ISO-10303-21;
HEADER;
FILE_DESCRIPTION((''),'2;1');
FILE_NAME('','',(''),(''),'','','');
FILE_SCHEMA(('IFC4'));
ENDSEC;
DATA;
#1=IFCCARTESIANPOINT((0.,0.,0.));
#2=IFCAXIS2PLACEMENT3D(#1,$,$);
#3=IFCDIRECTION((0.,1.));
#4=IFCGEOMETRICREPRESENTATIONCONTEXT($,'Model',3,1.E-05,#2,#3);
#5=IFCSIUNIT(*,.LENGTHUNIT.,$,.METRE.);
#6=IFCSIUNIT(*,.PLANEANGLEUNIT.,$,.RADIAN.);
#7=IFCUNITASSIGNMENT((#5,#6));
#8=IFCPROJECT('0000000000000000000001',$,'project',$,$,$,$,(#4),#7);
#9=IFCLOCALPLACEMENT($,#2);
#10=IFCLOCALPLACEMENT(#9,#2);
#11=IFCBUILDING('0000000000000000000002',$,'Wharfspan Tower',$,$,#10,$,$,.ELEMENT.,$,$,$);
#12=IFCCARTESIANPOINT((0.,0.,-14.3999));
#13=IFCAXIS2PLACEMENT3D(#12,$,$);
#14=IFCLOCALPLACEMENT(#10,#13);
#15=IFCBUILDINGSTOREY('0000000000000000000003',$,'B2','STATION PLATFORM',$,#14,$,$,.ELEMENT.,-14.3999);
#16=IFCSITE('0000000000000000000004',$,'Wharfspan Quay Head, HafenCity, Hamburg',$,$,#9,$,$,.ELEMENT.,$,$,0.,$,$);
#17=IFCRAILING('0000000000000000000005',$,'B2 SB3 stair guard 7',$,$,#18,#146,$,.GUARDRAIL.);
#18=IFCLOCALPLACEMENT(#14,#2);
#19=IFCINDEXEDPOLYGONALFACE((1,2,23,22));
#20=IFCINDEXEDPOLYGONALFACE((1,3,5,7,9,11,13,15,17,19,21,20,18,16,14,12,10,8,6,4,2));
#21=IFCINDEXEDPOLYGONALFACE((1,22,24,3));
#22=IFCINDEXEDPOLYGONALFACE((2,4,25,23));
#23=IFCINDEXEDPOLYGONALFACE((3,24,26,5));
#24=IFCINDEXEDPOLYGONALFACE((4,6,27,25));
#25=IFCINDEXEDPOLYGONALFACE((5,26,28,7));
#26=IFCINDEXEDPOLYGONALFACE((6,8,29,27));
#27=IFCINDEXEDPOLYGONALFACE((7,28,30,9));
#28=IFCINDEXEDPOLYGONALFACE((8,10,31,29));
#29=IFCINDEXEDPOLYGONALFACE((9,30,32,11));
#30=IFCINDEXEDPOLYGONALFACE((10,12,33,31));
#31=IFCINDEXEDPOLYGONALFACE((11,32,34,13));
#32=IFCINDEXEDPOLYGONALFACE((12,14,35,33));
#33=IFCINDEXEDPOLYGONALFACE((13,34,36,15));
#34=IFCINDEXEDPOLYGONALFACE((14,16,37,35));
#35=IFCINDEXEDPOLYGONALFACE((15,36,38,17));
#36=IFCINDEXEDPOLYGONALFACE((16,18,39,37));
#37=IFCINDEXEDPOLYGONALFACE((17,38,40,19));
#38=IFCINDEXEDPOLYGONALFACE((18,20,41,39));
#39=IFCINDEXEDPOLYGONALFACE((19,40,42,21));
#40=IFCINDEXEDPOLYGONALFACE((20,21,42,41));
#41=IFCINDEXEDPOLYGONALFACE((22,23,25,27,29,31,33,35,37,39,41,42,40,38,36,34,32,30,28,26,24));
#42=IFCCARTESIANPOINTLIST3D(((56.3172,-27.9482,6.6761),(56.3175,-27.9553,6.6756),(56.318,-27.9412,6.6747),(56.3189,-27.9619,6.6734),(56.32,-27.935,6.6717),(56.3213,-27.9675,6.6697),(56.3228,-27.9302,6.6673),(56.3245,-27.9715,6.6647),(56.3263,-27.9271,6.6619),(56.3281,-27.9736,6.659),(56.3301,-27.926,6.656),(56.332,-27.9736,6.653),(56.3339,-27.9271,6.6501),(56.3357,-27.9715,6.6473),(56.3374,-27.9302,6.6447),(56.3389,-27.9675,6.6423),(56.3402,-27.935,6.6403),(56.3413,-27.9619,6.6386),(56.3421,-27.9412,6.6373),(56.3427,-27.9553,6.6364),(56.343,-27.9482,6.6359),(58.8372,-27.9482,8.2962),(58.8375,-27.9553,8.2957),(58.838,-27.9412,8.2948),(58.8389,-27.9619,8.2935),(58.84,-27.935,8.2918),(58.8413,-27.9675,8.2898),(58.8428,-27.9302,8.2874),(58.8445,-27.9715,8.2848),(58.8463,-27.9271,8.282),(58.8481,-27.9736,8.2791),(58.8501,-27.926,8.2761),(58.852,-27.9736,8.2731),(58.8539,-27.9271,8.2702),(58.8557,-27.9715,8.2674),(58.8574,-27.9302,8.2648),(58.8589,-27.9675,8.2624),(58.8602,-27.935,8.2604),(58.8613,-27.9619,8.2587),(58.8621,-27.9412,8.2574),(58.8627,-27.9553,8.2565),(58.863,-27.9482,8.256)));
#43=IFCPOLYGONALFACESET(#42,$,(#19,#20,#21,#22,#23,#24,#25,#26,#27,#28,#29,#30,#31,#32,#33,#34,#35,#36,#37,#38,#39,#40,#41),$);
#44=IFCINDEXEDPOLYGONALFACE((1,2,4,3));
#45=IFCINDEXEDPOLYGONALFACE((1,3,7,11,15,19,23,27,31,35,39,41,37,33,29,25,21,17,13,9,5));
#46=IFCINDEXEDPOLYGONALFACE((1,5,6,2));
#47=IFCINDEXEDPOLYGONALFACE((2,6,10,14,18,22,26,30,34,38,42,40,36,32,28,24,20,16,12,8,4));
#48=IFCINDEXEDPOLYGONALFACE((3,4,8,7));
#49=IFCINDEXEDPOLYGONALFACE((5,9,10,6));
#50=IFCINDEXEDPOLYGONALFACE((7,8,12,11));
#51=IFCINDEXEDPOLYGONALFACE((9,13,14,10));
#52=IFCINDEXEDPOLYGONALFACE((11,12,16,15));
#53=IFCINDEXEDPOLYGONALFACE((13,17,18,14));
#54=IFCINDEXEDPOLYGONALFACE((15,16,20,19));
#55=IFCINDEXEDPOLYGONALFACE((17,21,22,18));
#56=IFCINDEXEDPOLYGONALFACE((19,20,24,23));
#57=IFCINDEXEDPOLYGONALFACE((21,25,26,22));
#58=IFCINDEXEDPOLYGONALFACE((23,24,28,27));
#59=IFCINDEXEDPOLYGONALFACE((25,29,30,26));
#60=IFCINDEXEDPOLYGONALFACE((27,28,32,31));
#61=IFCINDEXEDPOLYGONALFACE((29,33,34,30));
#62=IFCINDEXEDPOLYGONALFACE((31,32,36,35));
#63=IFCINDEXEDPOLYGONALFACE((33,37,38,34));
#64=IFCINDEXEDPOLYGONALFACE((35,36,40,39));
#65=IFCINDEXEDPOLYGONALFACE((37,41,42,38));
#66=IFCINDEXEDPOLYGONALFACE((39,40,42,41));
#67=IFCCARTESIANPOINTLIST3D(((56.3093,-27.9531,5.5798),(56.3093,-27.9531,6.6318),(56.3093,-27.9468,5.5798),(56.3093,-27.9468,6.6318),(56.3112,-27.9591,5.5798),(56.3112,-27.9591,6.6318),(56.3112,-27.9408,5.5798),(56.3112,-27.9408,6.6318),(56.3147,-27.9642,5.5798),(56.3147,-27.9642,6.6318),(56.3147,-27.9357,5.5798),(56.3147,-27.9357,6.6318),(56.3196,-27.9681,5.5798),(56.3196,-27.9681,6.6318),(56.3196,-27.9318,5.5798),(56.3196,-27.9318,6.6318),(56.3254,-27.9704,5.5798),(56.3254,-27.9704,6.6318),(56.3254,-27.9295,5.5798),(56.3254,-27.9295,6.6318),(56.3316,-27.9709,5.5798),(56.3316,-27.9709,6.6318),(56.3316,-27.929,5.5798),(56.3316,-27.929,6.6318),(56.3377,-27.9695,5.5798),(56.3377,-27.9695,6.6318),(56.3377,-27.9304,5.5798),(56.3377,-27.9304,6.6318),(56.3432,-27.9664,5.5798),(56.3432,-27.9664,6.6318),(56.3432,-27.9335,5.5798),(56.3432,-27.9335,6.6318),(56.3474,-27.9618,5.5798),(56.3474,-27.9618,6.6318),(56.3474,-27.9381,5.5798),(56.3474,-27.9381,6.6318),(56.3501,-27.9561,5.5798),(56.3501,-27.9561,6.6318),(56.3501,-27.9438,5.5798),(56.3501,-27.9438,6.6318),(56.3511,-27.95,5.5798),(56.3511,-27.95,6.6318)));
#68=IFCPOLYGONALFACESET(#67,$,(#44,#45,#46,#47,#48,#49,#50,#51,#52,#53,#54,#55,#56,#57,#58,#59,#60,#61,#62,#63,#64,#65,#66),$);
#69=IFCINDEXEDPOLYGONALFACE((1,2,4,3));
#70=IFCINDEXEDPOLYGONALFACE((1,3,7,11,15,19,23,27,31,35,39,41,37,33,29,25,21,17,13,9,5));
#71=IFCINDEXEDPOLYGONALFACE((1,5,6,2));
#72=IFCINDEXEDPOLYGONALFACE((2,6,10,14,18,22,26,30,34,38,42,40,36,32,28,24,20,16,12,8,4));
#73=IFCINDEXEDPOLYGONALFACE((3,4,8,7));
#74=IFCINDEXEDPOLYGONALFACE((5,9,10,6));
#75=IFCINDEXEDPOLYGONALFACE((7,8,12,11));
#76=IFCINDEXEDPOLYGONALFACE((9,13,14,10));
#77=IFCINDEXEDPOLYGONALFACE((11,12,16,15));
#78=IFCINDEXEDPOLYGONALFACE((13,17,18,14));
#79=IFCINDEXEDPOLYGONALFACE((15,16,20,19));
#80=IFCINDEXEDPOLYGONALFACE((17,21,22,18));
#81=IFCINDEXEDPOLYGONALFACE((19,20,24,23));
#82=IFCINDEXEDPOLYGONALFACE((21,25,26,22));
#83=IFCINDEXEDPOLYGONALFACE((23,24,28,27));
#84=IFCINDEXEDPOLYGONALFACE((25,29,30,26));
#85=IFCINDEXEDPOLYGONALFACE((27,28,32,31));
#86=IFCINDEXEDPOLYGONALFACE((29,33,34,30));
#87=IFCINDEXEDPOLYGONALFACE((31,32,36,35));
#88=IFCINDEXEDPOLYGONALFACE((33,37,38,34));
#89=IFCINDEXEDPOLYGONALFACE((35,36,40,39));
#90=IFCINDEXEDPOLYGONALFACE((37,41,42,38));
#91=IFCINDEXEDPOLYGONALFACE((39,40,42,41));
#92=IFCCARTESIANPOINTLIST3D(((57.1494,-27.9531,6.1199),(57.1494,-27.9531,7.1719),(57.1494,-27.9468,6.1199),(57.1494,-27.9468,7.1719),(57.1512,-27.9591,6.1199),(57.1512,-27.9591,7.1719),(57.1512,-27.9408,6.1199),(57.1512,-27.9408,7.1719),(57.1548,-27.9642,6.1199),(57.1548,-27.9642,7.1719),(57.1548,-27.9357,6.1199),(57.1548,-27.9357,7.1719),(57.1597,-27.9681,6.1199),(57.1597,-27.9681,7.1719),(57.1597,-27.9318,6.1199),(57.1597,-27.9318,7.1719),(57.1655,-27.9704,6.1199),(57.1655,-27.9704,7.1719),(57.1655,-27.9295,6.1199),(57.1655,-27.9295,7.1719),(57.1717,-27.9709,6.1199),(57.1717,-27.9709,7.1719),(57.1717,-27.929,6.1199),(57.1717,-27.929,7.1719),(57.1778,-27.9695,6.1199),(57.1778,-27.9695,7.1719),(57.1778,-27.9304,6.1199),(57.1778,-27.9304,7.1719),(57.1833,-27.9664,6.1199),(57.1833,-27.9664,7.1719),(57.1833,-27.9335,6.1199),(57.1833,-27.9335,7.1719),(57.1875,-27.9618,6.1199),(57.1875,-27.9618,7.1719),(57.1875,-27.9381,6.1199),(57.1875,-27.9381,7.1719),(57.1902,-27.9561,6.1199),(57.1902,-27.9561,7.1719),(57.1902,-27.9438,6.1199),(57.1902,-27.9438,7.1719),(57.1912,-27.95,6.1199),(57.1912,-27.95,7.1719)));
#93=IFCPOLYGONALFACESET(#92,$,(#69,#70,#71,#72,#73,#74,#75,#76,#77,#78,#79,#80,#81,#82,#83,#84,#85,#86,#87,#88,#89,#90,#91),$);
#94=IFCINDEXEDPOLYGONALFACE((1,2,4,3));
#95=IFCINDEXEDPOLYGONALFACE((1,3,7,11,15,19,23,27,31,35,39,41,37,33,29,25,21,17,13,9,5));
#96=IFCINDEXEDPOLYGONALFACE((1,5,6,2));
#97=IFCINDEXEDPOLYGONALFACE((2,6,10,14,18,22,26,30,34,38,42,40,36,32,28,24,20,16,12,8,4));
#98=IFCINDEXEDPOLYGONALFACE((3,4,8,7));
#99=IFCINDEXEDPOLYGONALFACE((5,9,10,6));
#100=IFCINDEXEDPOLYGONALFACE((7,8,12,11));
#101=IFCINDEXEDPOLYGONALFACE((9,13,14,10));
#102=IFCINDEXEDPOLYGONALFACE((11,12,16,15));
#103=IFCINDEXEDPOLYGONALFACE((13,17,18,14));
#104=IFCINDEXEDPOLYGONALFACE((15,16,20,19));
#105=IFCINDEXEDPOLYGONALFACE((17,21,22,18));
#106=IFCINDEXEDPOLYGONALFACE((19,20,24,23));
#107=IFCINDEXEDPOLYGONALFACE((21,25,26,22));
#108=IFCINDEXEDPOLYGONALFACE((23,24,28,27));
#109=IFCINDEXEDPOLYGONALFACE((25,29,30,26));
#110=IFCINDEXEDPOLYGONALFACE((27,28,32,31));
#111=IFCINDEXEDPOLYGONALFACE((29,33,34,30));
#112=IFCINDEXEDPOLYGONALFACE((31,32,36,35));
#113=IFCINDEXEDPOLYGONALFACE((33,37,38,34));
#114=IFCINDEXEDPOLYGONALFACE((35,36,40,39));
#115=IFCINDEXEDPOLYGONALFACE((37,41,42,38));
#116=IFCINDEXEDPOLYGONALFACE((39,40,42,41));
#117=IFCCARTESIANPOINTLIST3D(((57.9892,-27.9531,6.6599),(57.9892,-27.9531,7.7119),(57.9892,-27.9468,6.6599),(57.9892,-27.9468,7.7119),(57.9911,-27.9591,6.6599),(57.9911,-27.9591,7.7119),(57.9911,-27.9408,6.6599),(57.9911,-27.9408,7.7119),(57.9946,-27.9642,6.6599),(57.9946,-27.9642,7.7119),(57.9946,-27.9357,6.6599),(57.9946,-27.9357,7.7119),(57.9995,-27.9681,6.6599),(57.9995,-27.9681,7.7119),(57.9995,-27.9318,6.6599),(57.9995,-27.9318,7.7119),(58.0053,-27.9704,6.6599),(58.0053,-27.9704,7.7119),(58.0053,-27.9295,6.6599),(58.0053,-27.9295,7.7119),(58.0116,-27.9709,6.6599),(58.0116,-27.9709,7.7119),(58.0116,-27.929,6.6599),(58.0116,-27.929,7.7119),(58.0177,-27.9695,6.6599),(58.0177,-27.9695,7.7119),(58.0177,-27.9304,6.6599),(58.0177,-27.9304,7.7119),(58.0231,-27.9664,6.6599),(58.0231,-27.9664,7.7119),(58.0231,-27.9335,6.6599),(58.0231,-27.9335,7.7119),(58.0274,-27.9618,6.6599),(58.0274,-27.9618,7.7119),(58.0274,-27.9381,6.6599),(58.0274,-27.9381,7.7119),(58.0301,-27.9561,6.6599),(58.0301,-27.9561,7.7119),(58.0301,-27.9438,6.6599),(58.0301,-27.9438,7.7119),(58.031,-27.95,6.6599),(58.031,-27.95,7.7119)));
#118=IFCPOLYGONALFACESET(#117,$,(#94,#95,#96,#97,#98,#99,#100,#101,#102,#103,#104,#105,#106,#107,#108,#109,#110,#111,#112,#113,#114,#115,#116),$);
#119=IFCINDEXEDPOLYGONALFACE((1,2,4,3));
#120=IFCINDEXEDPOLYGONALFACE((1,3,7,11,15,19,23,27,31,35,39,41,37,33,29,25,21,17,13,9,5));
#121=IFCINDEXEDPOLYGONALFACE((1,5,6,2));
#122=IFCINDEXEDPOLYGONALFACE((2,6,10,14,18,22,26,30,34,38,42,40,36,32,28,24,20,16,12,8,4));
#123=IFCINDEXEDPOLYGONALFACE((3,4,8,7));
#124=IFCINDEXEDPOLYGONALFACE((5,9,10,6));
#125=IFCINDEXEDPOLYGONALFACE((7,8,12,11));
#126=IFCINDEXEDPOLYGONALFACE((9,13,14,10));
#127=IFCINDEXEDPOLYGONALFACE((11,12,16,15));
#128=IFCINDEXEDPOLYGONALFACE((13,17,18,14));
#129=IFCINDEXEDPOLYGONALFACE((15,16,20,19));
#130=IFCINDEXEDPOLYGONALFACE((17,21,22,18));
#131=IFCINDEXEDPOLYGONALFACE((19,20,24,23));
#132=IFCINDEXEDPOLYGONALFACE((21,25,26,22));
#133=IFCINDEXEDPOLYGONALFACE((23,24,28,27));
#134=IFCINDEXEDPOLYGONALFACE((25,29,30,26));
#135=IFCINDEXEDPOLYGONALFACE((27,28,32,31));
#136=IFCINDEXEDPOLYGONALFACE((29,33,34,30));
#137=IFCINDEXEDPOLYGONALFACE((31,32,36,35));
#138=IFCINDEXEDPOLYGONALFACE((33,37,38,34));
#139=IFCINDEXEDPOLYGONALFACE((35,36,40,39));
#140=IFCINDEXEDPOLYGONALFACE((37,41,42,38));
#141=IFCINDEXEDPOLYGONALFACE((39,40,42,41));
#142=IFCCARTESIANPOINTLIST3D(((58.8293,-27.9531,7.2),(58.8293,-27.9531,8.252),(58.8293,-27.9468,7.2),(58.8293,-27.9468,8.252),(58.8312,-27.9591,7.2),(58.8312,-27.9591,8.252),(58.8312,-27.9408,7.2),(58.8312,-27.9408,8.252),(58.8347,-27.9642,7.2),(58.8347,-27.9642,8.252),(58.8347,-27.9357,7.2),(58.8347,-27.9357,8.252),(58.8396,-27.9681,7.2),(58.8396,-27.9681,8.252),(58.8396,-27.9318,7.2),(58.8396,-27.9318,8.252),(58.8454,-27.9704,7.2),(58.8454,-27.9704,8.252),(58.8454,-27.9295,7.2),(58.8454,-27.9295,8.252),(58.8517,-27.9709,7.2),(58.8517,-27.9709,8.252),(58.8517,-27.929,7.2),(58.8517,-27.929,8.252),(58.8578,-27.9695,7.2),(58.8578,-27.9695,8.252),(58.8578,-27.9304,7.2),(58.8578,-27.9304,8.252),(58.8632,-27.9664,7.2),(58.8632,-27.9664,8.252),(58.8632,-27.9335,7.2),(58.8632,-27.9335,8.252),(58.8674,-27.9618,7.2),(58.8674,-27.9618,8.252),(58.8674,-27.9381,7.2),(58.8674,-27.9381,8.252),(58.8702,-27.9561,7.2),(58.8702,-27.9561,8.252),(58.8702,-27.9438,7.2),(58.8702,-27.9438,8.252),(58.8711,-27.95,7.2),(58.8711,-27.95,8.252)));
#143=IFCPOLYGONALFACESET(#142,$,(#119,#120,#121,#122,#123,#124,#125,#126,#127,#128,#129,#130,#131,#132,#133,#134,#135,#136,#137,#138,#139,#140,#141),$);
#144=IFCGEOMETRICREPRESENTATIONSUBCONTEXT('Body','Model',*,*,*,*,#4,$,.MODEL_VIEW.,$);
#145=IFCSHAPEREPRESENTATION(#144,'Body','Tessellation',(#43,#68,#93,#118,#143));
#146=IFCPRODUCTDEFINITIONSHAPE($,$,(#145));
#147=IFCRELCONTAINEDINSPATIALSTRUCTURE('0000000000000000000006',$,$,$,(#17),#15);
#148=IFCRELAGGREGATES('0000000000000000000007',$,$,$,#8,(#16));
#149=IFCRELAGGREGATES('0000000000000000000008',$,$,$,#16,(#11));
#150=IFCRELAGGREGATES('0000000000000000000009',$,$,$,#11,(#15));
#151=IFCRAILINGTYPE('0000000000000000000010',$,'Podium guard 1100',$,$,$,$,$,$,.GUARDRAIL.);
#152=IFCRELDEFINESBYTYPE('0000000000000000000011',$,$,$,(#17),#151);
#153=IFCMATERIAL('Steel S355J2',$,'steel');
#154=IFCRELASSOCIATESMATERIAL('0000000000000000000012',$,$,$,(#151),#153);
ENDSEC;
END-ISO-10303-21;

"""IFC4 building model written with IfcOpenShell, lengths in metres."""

from ifc_helpers import new_model, si_unit, direction, frame, origin, origin_2d, place, context, subcontext, project, spatial, circle, extrude, material, type_object, element, save


model = new_model("IFC4")

# Units and contexts
model_context = context("Model", 3, precision=1e-05, world=origin(), true_north=direction((0.0, 1.0)))
body_context = subcontext(model_context, "Body", "Model", "MODEL_VIEW")
ifc_project = project(units=[si_unit("LENGTHUNIT", "METRE"), si_unit("PLANEANGLEUNIT", "RADIAN")], contexts=[model_context])

# Site, building, storey
site_placement = place(None, origin())
site = spatial("IfcSite", under=ifc_project, at=site_placement, Name="Wharfspan Quay Head, HafenCity, Hamburg", CompositionType="ELEMENT", RefElevation=0.0)
building_placement = place(site_placement, origin())
building = spatial("IfcBuilding", under=site, at=building_placement, Name="Wharfspan Tower", CompositionType="ELEMENT")
storey_placement = place(building_placement, frame((0.0, 0.0, -14.3999)))
storey = spatial("IfcBuildingStorey", under=building, at=storey_placement, Name="B2", Description="STATION PLATFORM", CompositionType="ELEMENT", Elevation=-14.3999)

# Railing
ifc_material_1 = material(Name="Steel S355J2", Category="steel")
railing_type_1 = type_object("IfcRailingType", Name="Podium guard 1100", PredefinedType="GUARDRAIL", material=ifc_material_1)
railing_1_placement = place(storey_placement, frame((56.3301, -27.95, 5.5798)))
element("IfcRailing", 1, at=railing_1_placement, inside=storey, type_object=railing_type_1, Name="B2 SB3 stair guard 7", PredefinedType="GUARDRAIL", context=body_context, shape_type="SweptSolid", body=[
    extrude(circle(Radius=0.0239, at=origin_2d()), frame((0.0, 0.0, 1.0762), z_axis=(0.841163, 0.0, 0.540782), x_axis=(0.0, 1.0, 0.0)), (0.0, 0.0, 1.0), 2.9958),
    extrude(circle(Radius=0.021, at=origin_2d()), origin(), (0.0, 0.0, 1.0), 1.052),
    extrude(circle(Radius=0.021, at=origin_2d()), frame((0.8401, 0.0, 0.54)), (0.0, 0.0, 1.0), 1.052),
    extrude(circle(Radius=0.021, at=origin_2d()), frame((1.6799, 0.0, 1.0801)), (0.0, 0.0, 1.0), 1.052),
    extrude(circle(Radius=0.021, at=origin_2d()), frame((2.52, 0.0, 1.6201)), (0.0, 0.0, 1.0), 1.052),
])

save(model, "model.ifc")
